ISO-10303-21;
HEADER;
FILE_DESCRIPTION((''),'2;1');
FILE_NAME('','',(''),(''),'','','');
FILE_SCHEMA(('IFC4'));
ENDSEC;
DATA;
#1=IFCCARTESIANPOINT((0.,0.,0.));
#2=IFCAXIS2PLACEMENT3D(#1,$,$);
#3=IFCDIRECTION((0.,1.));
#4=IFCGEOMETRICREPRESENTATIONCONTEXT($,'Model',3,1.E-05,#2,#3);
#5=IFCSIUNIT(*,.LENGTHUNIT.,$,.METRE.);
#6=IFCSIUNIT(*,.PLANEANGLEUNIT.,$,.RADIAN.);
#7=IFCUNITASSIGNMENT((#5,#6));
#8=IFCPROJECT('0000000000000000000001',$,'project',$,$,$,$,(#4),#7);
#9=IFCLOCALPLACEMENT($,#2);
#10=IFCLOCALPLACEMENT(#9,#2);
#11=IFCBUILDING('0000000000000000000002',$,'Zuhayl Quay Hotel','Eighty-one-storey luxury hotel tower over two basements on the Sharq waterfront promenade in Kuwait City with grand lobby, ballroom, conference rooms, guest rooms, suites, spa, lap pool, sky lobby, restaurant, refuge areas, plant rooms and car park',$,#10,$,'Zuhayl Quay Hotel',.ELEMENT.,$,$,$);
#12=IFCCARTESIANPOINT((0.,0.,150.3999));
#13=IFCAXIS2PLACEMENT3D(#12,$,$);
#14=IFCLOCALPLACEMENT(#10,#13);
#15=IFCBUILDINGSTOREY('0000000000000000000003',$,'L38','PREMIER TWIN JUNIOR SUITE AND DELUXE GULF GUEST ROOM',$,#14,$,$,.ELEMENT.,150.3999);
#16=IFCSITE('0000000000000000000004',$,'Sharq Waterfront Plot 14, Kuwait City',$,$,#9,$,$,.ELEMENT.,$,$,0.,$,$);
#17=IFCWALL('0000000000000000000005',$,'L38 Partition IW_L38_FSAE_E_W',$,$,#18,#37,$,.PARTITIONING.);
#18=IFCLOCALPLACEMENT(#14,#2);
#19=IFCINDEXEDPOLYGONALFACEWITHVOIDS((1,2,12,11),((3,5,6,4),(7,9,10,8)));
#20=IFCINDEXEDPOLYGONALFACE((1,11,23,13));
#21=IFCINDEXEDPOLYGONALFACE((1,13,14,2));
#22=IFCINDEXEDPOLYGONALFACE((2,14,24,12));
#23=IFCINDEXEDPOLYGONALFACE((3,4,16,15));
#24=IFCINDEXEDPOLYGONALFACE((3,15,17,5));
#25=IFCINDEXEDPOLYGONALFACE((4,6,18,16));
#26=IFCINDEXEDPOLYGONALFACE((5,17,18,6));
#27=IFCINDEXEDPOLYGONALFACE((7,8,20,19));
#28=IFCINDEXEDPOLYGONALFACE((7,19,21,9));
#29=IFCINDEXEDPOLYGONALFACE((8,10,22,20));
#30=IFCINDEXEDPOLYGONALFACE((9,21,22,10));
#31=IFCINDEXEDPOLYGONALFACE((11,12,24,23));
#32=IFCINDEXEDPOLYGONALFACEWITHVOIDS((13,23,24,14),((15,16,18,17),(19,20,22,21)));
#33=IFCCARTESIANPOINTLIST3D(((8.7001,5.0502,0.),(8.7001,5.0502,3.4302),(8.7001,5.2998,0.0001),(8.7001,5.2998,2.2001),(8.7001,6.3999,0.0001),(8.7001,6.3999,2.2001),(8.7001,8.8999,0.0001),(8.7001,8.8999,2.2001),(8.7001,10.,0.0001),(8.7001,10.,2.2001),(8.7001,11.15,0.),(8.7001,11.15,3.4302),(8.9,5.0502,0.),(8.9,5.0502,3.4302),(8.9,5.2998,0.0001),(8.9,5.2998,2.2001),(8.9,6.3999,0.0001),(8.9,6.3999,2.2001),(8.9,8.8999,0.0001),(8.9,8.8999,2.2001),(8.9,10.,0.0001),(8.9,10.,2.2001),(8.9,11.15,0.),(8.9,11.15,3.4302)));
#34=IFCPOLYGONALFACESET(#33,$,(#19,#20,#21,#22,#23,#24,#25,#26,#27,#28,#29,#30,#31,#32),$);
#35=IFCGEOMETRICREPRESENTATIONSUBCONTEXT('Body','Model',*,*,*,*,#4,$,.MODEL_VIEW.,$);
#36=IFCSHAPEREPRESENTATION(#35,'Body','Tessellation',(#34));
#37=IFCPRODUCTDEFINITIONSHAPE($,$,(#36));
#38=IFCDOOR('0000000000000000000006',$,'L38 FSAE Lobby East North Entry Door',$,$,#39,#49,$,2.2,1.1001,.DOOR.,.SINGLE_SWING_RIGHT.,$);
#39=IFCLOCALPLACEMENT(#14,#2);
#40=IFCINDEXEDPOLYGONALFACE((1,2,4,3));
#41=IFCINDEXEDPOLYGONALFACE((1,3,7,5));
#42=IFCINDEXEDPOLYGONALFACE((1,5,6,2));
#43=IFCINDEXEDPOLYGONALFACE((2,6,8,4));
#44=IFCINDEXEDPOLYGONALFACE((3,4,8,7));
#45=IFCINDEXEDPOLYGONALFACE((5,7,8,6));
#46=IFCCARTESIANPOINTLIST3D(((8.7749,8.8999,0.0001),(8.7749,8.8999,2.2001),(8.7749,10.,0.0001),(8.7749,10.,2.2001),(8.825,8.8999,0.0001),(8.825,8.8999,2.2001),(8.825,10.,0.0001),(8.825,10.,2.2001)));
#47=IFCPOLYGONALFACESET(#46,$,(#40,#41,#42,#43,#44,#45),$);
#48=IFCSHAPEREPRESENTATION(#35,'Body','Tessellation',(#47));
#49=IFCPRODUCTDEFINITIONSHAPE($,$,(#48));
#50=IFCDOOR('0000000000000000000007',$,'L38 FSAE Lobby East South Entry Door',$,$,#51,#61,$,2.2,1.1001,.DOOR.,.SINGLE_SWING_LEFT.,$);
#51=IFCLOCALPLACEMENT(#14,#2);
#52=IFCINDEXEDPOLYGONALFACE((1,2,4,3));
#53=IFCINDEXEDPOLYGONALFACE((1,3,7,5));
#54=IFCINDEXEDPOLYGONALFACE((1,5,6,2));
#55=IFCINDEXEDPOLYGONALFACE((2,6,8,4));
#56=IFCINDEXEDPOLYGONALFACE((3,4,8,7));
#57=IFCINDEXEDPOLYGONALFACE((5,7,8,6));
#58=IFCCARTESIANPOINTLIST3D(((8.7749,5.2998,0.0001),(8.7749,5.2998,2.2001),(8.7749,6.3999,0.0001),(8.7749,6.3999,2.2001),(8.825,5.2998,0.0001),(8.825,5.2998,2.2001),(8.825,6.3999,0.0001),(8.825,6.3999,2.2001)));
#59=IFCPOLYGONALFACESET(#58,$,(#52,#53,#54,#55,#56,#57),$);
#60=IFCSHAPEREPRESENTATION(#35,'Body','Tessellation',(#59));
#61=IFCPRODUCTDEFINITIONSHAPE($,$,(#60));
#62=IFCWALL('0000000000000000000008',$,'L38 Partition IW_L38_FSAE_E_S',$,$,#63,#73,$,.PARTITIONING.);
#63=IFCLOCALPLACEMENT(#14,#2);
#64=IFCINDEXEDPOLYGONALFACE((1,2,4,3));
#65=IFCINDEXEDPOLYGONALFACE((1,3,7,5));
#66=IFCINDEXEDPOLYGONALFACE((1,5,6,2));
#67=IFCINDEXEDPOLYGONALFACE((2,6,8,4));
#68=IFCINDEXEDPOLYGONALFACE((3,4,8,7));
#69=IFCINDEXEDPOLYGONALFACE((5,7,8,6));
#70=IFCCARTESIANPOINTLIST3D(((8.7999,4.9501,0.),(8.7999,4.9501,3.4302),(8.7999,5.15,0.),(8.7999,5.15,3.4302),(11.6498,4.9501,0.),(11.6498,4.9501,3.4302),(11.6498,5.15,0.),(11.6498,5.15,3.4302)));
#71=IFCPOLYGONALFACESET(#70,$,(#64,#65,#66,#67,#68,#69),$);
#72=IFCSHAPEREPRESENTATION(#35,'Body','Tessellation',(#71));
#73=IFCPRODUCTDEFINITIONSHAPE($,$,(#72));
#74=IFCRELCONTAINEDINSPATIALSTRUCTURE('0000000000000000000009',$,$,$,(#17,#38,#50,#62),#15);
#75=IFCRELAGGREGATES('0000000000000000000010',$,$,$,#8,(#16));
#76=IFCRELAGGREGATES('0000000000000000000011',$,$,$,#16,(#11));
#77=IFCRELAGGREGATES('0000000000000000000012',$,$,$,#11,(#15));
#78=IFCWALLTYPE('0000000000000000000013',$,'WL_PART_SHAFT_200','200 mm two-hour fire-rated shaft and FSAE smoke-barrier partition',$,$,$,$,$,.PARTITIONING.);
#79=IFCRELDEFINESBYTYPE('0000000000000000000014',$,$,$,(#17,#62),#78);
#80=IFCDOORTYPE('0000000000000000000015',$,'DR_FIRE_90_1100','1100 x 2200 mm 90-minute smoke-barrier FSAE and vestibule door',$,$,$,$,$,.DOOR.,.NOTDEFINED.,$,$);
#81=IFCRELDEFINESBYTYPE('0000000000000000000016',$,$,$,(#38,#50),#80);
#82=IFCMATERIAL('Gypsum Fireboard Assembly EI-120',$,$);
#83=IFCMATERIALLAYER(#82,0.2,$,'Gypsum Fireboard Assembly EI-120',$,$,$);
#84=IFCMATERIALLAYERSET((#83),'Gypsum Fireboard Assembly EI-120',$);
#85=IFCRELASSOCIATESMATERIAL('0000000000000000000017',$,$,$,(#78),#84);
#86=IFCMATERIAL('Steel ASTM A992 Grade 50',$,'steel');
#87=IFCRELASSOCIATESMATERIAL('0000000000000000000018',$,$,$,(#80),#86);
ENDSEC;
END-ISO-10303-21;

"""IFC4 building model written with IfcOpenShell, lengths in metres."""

from ifc_helpers import new_model, si_unit, direction, frame, frame_2d, origin, place, context, subcontext, project, spatial, rectangle, extrude, material, layer, layer_set, type_object, element, fill, save


model = new_model("IFC4")

# Units and contexts
model_context = context("Model", 3, precision=1e-05, world=origin(), true_north=direction((0.0, 1.0)))
body_context = subcontext(model_context, "Body", "Model", "MODEL_VIEW")
ifc_project = project(units=[si_unit("LENGTHUNIT", "METRE"), si_unit("PLANEANGLEUNIT", "RADIAN")], contexts=[model_context])

# Site, building, storey
site_placement = place(None, origin())
site = spatial("IfcSite", under=ifc_project, at=site_placement, Name="Sharq Waterfront Plot 14, Kuwait City", CompositionType="ELEMENT", RefElevation=0.0)
building_placement = place(site_placement, origin())
building = spatial("IfcBuilding", under=site, at=building_placement, Name="Zuhayl Quay Hotel", Description="Eighty-one-storey luxury hotel tower over two basements on the Sharq waterfront promenade in Kuwait City with grand lobby, ballroom, conference rooms, guest rooms, suites, spa, lap pool, sky lobby, restaurant, refuge areas, plant rooms and car park", LongName="Zuhayl Quay Hotel", CompositionType="ELEMENT")
storey_placement = place(building_placement, frame((0.0, 0.0, 150.3999)))
storey = spatial("IfcBuildingStorey", under=building, at=storey_placement, Name="L38", Description="PREMIER TWIN JUNIOR SUITE AND DELUXE GULF GUEST ROOM", CompositionType="ELEMENT", Elevation=150.3999)

# Shared definitions
ifc_material_1 = material(Name="Steel ASTM A992 Grade 50", Category="steel")

# Wall, openings, doors
ifc_material_2 = material(Name="Gypsum Fireboard Assembly EI-120")
ifc_layer_1 = layer(ifc_material_2, 0.2, Name="Gypsum Fireboard Assembly EI-120")
ifc_layer_set_1 = layer_set([ifc_layer_1], Name="Gypsum Fireboard Assembly EI-120")
wall_type_1 = type_object("IfcWallType", Name="WL_PART_SHAFT_200", Description="200 mm two-hour fire-rated shaft and FSAE smoke-barrier partition", PredefinedType="PARTITIONING", material=ifc_layer_set_1)
wall_1_placement = place(storey_placement, frame((8.8, 11.1499, 0.0), z_axis=(0.0, 0.0, 1.0), x_axis=(0.0, -1.0, 0.0)))
wall_1 = element("IfcWall", 1, at=wall_1_placement, inside=storey, type_object=wall_type_1, Name="L38 Partition IW_L38_FSAE_E_W", PredefinedType="PARTITIONING", context=body_context, shape_type="SweptSolid", body=[
    extrude(rectangle(XDim=6.0999, YDim=0.2, at=frame_2d((3.0498, 0.0))), origin(), (0.0, 0.0, 1.0), 3.4302),
])
opening_1_placement = place(wall_1_placement, frame((1.1499, 0.0, 0.0)))
opening_1 = element("IfcOpeningElement", 2, at=opening_1_placement, cuts=wall_1, PredefinedType="OPENING", context=body_context, shape_type="SweptSolid", body=[
    extrude(rectangle(XDim=1.1001, YDim=2.2, at=frame_2d((0.55, 1.1001))), frame((0.0, 0.1099, 0.0), z_axis=(0.0, -1.0, 0.0), x_axis=(1.0, 0.0, 0.0)), (0.0, 0.0, 1.0), 0.22),
])
opening_2_placement = place(wall_1_placement, frame((4.75, 0.0, 0.0)))
opening_2 = element("IfcOpeningElement", 3, at=opening_2_placement, cuts=wall_1, PredefinedType="OPENING", context=body_context, shape_type="SweptSolid", body=[
    extrude(rectangle(XDim=1.1001, YDim=2.2, at=frame_2d((0.55, 1.1001))), frame((0.0, 0.1099, 0.0), z_axis=(0.0, -1.0, 0.0), x_axis=(1.0, 0.0, 0.0)), (0.0, 0.0, 1.0), 0.22),
])
door_type_1 = type_object("IfcDoorType", Name="DR_FIRE_90_1100", Description="1100 x 2200 mm 90-minute smoke-barrier FSAE and vestibule door", OperationType="NOTDEFINED", PredefinedType="DOOR", material=ifc_material_1)
door_1_placement = place(opening_1_placement, origin())
door_1 = element("IfcDoor", 4, at=door_1_placement, inside=storey, type_object=door_type_1, Name="L38 FSAE Lobby East North Entry Door", OperationType="SINGLE_SWING_RIGHT", OverallHeight=2.2, OverallWidth=1.1001, PredefinedType="DOOR", context=body_context, shape_type="SweptSolid", body=[
    extrude(rectangle(XDim=1.1001, YDim=2.2, at=frame_2d((0.55, 1.1001))), frame((0.0, 0.0249, 0.0), z_axis=(0.0, -1.0, 0.0), x_axis=(1.0, 0.0, 0.0)), (0.0, 0.0, 1.0), 0.05),
])
fill(opening_1, door_1)
door_2_placement = place(opening_2_placement, origin())
door_2 = element("IfcDoor", 5, at=door_2_placement, inside=storey, type_object=door_type_1, Name="L38 FSAE Lobby East South Entry Door", OperationType="SINGLE_SWING_LEFT", OverallHeight=2.2, OverallWidth=1.1001, PredefinedType="DOOR", context=body_context, shape_type="SweptSolid", body=[
    extrude(rectangle(XDim=1.1001, YDim=2.2, at=frame_2d((0.55, 1.1001))), frame((0.0, 0.0249, 0.0), z_axis=(0.0, -1.0, 0.0), x_axis=(1.0, 0.0, 0.0)), (0.0, 0.0, 1.0), 0.05),
])
fill(opening_2, door_2)

# Wall
wall_2_placement = place(storey_placement, frame((8.8, 5.05, 0.0), z_axis=(0.0, 0.0, 1.0), x_axis=(1.0, 0.0, 0.0)))
element("IfcWall", 6, at=wall_2_placement, inside=storey, type_object=wall_type_1, Name="L38 Partition IW_L38_FSAE_E_S", PredefinedType="PARTITIONING", context=body_context, shape_type="SweptSolid", body=[
    extrude(rectangle(XDim=2.8499, YDim=0.2, at=frame_2d((1.4248, 0.0))), origin(), (0.0, 0.0, 1.0), 3.4302),
])

save(model, "model.ifc")
